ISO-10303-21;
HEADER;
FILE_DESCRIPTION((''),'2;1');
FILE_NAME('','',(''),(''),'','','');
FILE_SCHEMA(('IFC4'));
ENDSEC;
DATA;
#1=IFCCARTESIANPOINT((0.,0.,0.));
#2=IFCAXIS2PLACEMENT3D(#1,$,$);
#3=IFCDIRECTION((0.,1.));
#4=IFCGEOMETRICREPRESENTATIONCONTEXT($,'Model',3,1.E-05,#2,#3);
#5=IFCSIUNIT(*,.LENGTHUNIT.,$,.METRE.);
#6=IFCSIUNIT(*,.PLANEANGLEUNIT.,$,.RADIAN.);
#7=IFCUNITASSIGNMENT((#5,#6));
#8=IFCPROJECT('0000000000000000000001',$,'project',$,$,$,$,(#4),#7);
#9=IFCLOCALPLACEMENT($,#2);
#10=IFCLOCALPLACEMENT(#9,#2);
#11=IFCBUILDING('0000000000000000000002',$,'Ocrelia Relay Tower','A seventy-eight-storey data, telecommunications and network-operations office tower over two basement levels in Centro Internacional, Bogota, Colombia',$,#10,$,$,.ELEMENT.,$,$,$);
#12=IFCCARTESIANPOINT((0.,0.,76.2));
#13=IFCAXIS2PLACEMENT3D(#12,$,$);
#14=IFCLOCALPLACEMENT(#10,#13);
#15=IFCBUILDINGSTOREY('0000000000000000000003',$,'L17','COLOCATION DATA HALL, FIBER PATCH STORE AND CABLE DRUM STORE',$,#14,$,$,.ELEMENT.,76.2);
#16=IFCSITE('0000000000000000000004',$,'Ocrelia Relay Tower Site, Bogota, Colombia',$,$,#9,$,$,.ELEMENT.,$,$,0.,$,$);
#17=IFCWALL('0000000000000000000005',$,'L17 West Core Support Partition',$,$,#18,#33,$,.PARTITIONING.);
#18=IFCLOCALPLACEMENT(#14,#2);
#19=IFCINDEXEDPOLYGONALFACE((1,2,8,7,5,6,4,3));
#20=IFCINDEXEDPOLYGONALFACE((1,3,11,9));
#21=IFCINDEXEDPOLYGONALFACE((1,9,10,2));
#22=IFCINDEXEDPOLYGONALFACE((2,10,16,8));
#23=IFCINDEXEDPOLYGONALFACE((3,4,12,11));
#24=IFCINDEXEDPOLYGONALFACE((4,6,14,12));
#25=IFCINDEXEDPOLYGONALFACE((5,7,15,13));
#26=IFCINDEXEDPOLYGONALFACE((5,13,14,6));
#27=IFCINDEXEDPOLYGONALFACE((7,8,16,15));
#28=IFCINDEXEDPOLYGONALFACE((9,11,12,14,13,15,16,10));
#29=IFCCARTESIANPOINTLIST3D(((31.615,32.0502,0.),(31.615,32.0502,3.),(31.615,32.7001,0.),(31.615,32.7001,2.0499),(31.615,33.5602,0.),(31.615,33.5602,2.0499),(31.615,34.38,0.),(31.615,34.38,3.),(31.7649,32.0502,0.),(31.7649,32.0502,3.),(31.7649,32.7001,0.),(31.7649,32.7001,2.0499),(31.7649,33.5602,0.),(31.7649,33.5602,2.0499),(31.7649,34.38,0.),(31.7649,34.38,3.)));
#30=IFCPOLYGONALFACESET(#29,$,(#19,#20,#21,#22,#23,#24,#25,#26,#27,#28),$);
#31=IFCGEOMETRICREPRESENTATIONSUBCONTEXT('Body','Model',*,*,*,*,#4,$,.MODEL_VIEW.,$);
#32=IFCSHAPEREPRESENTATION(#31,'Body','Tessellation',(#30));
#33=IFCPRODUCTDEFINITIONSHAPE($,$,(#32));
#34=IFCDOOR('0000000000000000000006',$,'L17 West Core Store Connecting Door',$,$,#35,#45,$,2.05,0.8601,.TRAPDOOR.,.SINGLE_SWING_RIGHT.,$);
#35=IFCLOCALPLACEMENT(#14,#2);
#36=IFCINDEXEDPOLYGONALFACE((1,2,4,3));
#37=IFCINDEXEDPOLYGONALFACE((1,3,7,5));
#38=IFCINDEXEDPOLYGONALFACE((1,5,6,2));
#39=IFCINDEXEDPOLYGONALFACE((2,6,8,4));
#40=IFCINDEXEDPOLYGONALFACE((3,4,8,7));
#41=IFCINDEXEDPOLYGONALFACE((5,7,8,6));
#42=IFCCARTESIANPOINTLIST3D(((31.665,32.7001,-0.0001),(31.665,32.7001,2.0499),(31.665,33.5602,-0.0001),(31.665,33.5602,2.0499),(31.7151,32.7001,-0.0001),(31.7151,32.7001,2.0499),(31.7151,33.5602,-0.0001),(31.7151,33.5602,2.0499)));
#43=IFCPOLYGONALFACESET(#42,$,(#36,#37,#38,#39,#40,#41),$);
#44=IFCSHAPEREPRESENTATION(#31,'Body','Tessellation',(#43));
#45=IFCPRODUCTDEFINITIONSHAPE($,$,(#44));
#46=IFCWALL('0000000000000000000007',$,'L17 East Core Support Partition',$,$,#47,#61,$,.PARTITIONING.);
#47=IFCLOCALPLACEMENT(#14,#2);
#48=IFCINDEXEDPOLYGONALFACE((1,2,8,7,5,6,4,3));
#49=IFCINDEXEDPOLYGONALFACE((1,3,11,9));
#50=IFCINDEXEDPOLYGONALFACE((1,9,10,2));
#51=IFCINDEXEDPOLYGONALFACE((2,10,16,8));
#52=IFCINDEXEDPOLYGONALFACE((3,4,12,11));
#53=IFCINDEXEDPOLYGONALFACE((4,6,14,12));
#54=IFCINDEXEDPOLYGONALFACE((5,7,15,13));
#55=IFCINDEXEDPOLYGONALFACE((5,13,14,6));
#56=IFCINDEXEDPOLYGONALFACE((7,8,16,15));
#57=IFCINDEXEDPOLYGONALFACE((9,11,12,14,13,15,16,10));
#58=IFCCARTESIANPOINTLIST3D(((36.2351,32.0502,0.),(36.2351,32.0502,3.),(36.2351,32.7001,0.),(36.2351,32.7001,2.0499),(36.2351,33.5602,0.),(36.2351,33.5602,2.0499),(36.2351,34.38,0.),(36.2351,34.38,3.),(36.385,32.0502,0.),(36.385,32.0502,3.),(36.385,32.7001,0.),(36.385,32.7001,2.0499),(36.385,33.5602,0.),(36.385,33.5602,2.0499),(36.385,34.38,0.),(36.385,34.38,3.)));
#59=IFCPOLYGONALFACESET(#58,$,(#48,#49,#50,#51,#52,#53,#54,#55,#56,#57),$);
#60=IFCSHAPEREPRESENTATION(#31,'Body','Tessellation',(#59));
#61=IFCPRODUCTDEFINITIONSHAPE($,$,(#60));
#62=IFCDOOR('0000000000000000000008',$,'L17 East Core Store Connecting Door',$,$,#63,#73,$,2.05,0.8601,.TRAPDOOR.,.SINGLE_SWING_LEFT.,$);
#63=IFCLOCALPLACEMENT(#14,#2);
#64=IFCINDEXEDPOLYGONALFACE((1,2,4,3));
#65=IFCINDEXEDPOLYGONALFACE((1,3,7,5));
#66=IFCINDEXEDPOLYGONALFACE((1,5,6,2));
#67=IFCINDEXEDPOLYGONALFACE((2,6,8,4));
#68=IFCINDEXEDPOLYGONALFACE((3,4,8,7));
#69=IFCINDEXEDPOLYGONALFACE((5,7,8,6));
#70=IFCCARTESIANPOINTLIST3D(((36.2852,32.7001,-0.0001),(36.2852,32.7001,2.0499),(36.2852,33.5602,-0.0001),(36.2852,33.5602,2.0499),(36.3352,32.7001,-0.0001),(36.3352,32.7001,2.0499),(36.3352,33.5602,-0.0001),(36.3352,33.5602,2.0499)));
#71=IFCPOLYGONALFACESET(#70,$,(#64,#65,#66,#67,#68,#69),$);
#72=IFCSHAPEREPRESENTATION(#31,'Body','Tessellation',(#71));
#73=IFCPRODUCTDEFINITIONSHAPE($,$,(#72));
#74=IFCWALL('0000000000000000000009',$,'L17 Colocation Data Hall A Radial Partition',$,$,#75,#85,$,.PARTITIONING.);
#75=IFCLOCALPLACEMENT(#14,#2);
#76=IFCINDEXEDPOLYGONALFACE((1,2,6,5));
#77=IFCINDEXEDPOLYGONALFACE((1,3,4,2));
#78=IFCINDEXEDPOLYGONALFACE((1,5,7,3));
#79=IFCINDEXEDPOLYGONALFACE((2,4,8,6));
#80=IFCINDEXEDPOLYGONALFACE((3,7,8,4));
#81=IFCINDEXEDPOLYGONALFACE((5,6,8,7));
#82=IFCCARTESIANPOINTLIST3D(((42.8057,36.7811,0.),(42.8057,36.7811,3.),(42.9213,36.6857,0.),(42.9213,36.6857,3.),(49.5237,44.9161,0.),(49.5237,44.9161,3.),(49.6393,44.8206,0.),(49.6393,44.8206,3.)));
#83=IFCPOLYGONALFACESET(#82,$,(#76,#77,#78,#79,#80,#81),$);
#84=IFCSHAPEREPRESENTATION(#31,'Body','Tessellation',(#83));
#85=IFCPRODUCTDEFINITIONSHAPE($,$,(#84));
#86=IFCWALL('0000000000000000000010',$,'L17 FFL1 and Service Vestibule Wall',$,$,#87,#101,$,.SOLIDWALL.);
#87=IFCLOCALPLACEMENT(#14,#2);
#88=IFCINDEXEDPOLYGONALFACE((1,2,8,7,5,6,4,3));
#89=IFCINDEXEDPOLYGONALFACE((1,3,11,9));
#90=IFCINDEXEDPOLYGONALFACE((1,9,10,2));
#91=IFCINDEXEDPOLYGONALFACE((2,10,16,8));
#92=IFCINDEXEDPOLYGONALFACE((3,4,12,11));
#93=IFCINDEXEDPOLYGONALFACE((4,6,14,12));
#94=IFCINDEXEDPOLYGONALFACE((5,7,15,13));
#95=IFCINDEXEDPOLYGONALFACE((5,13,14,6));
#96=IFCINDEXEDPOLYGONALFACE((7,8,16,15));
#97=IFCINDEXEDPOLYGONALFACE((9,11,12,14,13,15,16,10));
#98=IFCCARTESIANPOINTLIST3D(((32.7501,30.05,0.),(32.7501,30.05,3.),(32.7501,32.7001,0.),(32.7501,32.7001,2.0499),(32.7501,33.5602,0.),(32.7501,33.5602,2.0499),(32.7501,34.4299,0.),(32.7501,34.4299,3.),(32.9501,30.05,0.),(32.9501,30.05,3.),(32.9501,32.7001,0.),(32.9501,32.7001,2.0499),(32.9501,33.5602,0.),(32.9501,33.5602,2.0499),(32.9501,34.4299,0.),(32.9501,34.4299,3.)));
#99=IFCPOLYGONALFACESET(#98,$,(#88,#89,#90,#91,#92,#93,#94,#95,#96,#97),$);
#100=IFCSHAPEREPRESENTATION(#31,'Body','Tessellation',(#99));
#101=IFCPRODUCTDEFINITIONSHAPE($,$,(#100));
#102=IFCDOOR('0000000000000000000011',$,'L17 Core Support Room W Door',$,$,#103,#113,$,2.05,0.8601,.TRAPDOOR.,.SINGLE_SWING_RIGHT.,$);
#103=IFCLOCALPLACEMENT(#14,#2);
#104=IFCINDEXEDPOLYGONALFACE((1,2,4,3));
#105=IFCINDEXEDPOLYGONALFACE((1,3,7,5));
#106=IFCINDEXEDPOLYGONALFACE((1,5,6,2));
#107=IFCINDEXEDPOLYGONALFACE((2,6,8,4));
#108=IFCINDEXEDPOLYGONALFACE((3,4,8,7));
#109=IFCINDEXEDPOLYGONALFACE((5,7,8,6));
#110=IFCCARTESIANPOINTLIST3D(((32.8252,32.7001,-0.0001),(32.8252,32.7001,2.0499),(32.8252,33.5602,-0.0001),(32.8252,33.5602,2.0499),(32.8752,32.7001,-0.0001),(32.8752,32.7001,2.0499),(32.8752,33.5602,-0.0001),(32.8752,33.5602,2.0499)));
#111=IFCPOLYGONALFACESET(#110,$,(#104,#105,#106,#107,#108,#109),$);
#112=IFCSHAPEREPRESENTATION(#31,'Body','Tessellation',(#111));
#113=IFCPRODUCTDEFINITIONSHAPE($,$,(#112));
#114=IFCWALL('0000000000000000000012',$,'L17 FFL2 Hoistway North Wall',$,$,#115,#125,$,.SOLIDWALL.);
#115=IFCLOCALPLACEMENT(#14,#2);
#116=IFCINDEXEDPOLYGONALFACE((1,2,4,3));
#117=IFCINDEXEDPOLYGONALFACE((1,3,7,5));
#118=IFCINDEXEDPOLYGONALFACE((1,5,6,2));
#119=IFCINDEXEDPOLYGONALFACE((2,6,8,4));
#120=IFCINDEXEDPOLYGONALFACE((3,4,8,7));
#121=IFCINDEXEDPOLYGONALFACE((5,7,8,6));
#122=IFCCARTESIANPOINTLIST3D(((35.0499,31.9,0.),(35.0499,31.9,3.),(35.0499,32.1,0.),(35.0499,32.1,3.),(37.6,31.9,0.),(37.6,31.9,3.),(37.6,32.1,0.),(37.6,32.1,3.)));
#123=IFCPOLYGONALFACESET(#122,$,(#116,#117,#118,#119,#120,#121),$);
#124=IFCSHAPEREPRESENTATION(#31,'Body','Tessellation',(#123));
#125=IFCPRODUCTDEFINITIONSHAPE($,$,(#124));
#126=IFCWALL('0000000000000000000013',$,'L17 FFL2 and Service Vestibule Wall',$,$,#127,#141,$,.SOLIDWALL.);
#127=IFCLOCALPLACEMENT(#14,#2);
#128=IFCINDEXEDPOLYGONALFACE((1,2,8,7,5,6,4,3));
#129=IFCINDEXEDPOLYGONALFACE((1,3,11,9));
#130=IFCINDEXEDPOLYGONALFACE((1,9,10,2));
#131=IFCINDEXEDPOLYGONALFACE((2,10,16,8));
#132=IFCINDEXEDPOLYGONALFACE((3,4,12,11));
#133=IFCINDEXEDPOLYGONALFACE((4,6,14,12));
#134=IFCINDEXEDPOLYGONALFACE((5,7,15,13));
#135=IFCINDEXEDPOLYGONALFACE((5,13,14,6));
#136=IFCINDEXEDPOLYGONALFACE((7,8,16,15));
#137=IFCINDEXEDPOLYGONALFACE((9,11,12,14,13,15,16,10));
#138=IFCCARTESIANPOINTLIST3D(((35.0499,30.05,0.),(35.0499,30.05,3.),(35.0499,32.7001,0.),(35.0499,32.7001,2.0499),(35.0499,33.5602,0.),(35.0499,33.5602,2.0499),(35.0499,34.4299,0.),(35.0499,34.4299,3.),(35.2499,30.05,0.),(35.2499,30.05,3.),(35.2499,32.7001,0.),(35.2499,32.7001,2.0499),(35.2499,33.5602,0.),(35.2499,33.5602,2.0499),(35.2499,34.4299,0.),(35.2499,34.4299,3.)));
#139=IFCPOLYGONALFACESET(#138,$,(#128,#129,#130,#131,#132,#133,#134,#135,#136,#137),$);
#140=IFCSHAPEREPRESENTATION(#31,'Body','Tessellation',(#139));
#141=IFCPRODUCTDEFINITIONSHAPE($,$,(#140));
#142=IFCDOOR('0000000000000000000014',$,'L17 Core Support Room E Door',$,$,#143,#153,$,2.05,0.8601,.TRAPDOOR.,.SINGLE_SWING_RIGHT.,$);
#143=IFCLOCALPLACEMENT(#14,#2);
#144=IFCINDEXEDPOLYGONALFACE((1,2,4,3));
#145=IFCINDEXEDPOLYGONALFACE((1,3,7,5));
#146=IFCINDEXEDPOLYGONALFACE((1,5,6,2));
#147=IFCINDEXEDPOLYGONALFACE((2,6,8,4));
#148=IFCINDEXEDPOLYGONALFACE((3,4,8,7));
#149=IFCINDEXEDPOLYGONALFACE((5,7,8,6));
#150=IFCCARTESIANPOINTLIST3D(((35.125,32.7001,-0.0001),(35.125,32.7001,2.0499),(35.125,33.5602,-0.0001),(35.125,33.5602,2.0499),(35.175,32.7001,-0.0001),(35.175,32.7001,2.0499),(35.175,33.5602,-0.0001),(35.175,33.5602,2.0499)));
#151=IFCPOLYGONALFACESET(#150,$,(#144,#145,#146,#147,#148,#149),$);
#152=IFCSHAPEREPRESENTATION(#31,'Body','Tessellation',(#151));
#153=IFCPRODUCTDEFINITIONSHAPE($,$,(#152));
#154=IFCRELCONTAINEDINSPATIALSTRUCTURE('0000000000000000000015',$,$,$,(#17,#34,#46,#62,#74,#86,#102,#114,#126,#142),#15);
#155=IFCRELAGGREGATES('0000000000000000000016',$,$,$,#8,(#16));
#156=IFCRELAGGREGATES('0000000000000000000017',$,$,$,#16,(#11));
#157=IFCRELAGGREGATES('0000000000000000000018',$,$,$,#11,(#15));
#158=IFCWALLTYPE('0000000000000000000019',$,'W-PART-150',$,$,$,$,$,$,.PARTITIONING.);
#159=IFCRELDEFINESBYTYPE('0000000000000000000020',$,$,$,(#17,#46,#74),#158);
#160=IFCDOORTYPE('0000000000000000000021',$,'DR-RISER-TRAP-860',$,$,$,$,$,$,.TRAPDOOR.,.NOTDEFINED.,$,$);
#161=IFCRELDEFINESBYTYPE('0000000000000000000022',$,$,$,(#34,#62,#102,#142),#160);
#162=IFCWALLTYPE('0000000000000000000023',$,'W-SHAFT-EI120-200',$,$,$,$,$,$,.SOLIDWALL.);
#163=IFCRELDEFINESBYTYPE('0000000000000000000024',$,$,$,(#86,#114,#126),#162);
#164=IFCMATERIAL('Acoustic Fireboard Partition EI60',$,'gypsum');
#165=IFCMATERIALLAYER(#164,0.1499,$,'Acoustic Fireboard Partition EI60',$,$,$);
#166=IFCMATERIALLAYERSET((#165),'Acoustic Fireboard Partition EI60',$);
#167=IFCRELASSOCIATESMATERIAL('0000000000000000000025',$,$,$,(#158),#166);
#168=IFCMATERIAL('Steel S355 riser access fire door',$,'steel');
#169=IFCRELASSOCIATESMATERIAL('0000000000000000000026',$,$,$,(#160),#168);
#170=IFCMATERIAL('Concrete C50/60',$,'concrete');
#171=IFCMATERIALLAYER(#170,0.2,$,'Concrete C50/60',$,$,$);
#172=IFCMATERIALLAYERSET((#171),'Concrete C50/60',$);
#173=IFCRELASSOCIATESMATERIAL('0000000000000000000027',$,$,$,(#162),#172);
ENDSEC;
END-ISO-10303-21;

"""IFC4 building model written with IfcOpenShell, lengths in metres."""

from ifc_helpers import new_model, si_unit, direction, frame, frame_2d, origin, place, context, subcontext, project, spatial, rectangle, extrude, material, layer, layer_set, type_object, element, fill, save


model = new_model("IFC4")

# Units and contexts
model_context = context("Model", 3, precision=1e-05, world=origin(), true_north=direction((0.0, 1.0)))
body_context = subcontext(model_context, "Body", "Model", "MODEL_VIEW")
ifc_project = project(units=[si_unit("LENGTHUNIT", "METRE"), si_unit("PLANEANGLEUNIT", "RADIAN")], contexts=[model_context])

# Site, building, storey
site_placement = place(None, origin())
site = spatial("IfcSite", under=ifc_project, at=site_placement, Name="Ocrelia Relay Tower Site, Bogota, Colombia", CompositionType="ELEMENT", RefElevation=0.0)
building_placement = place(site_placement, origin())
building = spatial("IfcBuilding", under=site, at=building_placement, Name="Ocrelia Relay Tower", Description="A seventy-eight-storey data, telecommunications and network-operations office tower over two basement levels in Centro Internacional, Bogota, Colombia", CompositionType="ELEMENT")
storey_placement = place(building_placement, frame((0.0, 0.0, 76.2)))
storey = spatial("IfcBuildingStorey", under=building, at=storey_placement, Name="L17", Description="COLOCATION DATA HALL, FIBER PATCH STORE AND CABLE DRUM STORE", CompositionType="ELEMENT", Elevation=76.2)

# Shared definitions
ifc_material_1 = material(Name="Concrete C50/60", Category="concrete")

# Walls, openings, doors
ifc_material_2 = material(Name="Acoustic Fireboard Partition EI60", Category="gypsum")
ifc_layer_1 = layer(ifc_material_2, 0.1499, Name="Acoustic Fireboard Partition EI60")
ifc_layer_set_1 = layer_set([ifc_layer_1], Name="Acoustic Fireboard Partition EI60")
wall_type_1 = type_object("IfcWallType", Name="W-PART-150", PredefinedType="PARTITIONING", material=ifc_layer_set_1)
wall_1_placement = place(storey_placement, frame((31.6899, 32.05, 0.0), z_axis=(0.0, 0.0, 1.0), x_axis=(0.0, 1.0, 0.0)))
wall_1 = element("IfcWall", 1, at=wall_1_placement, inside=storey, type_object=wall_type_1, Name="L17 West Core Support Partition", PredefinedType="PARTITIONING", context=body_context, shape_type="SweptSolid", body=[
    extrude(rectangle(XDim=2.3298, YDim=0.1499, at=frame_2d((1.165, 0.0))), origin(), (0.0, 0.0, 1.0), 3.0),
])
opening_1_placement = place(wall_1_placement, frame((0.6499, 0.0, 0.0)))
opening_1 = element("IfcOpeningElement", 2, at=opening_1_placement, cuts=wall_1, PredefinedType="OPENING", context=body_context, shape_type="SweptSolid", body=[
    extrude(rectangle(XDim=0.8601, YDim=2.05, at=frame_2d((0.4302, 1.0249))), frame((0.0, 0.085, 0.0), z_axis=(0.0, -1.0, 0.0), x_axis=(1.0, 0.0, 0.0)), (0.0, 0.0, 1.0), 0.1699),
])
ifc_material_3 = material(Name="Steel S355 riser access fire door", Category="steel")
door_type_1 = type_object("IfcDoorType", Name="DR-RISER-TRAP-860", OperationType="NOTDEFINED", PredefinedType="TRAPDOOR", material=ifc_material_3)
door_1_placement = place(opening_1_placement, origin())
door_1 = element("IfcDoor", 3, at=door_1_placement, inside=storey, type_object=door_type_1, Name="L17 West Core Store Connecting Door", OperationType="SINGLE_SWING_RIGHT", OverallHeight=2.05, OverallWidth=0.8601, PredefinedType="TRAPDOOR", context=body_context, shape_type="SweptSolid", body=[
    extrude(rectangle(XDim=0.8601, YDim=2.05, at=frame_2d((0.4302, 1.0249))), frame((0.0, 0.0249, 0.0), z_axis=(0.0, -1.0, 0.0), x_axis=(1.0, 0.0, 0.0)), (0.0, 0.0, 1.0), 0.05),
])
fill(opening_1, door_1)
wall_2_placement = place(storey_placement, frame((36.3101, 32.05, 0.0), z_axis=(0.0, 0.0, 1.0), x_axis=(0.0, 1.0, 0.0)))
wall_2 = element("IfcWall", 4, at=wall_2_placement, inside=storey, type_object=wall_type_1, Name="L17 East Core Support Partition", PredefinedType="PARTITIONING", context=body_context, shape_type="SweptSolid", body=[
    extrude(rectangle(XDim=2.3298, YDim=0.1499, at=frame_2d((1.165, 0.0))), origin(), (0.0, 0.0, 1.0), 3.0),
])
opening_2_placement = place(wall_2_placement, frame((0.6499, 0.0, 0.0)))
opening_2 = element("IfcOpeningElement", 5, at=opening_2_placement, cuts=wall_2, PredefinedType="OPENING", context=body_context, shape_type="SweptSolid", body=[
    extrude(rectangle(XDim=0.8601, YDim=2.05, at=frame_2d((0.4302, 1.0249))), frame((0.0, 0.085, 0.0), z_axis=(0.0, -1.0, 0.0), x_axis=(1.0, 0.0, 0.0)), (0.0, 0.0, 1.0), 0.1699),
])
door_2_placement = place(opening_2_placement, origin())
door_2 = element("IfcDoor", 6, at=door_2_placement, inside=storey, type_object=door_type_1, Name="L17 East Core Store Connecting Door", OperationType="SINGLE_SWING_LEFT", OverallHeight=2.05, OverallWidth=0.8601, PredefinedType="TRAPDOOR", context=body_context, shape_type="SweptSolid", body=[
    extrude(rectangle(XDim=0.8601, YDim=2.05, at=frame_2d((0.4302, 1.0249))), frame((0.0, 0.0249, 0.0), z_axis=(0.0, -1.0, 0.0), x_axis=(1.0, 0.0, 0.0)), (0.0, 0.0, 1.0), 0.05),
])
fill(opening_2, door_2)

# Wall
wall_3_placement = place(storey_placement, frame((42.8635, 36.7334, 0.0), z_axis=(0.0, 0.0, 1.0), x_axis=(0.636757, 0.771064, 0.0)))
element("IfcWall", 7, at=wall_3_placement, inside=storey, type_object=wall_type_1, Name="L17 Colocation Data Hall A Radial Partition", PredefinedType="PARTITIONING", context=body_context, shape_type="SweptSolid", body=[
    extrude(rectangle(XDim=10.5503, YDim=0.1499, at=frame_2d((5.2751, 0.0))), origin(), (0.0, 0.0, 1.0), 3.0),
])

# Wall, opening, door
ifc_layer_2 = layer(ifc_material_1, 0.2, Name="Concrete C50/60")
ifc_layer_set_2 = layer_set([ifc_layer_2], Name="Concrete C50/60")
wall_type_2 = type_object("IfcWallType", Name="W-SHAFT-EI120-200", PredefinedType="SOLIDWALL", material=ifc_layer_set_2)
wall_4_placement = place(storey_placement, frame((32.8501, 30.05, 0.0), z_axis=(0.0, 0.0, 1.0), x_axis=(0.0, 1.0, 0.0)))
wall_4 = element("IfcWall", 8, at=wall_4_placement, inside=storey, type_object=wall_type_2, Name="L17 FFL1 and Service Vestibule Wall", PredefinedType="SOLIDWALL", context=body_context, shape_type="SweptSolid", body=[
    extrude(rectangle(XDim=4.3799, YDim=0.2, at=frame_2d((2.1899, 0.0))), origin(), (0.0, 0.0, 1.0), 3.0),
])
opening_3_placement = place(wall_4_placement, frame((2.6499, 0.0, 0.0)))
opening_3 = element("IfcOpeningElement", 9, at=opening_3_placement, cuts=wall_4, PredefinedType="OPENING", context=body_context, shape_type="SweptSolid", body=[
    extrude(rectangle(XDim=0.8601, YDim=2.05, at=frame_2d((0.4302, 1.0249))), frame((0.0, 0.1099, 0.0), z_axis=(0.0, -1.0, 0.0), x_axis=(1.0, 0.0, 0.0)), (0.0, 0.0, 1.0), 0.22),
])
door_3_placement = place(opening_3_placement, origin())
door_3 = element("IfcDoor", 10, at=door_3_placement, inside=storey, type_object=door_type_1, Name="L17 Core Support Room W Door", OperationType="SINGLE_SWING_RIGHT", OverallHeight=2.05, OverallWidth=0.8601, PredefinedType="TRAPDOOR", context=body_context, shape_type="SweptSolid", body=[
    extrude(rectangle(XDim=0.8601, YDim=2.05, at=frame_2d((0.4302, 1.0249))), frame((0.0, 0.0249, 0.0), z_axis=(0.0, -1.0, 0.0), x_axis=(1.0, 0.0, 0.0)), (0.0, 0.0, 1.0), 0.05),
])
fill(opening_3, door_3)

# Wall
wall_5_placement = place(storey_placement, frame((35.05, 32.0, 0.0), z_axis=(0.0, 0.0, 1.0), x_axis=(1.0, 0.0, 0.0)))
element("IfcWall", 11, at=wall_5_placement, inside=storey, type_object=wall_type_2, Name="L17 FFL2 Hoistway North Wall", PredefinedType="SOLIDWALL", context=body_context, shape_type="SweptSolid", body=[
    extrude(rectangle(XDim=2.55, YDim=0.2, at=frame_2d((1.2749, 0.0))), origin(), (0.0, 0.0, 1.0), 3.0),
])

# Wall, opening, door
wall_6_placement = place(storey_placement, frame((35.1499, 30.05, 0.0), z_axis=(0.0, 0.0, 1.0), x_axis=(0.0, 1.0, 0.0)))
wall_6 = element("IfcWall", 12, at=wall_6_placement, inside=storey, type_object=wall_type_2, Name="L17 FFL2 and Service Vestibule Wall", PredefinedType="SOLIDWALL", context=body_context, shape_type="SweptSolid", body=[
    extrude(rectangle(XDim=4.3799, YDim=0.2, at=frame_2d((2.1899, 0.0))), origin(), (0.0, 0.0, 1.0), 3.0),
])
opening_4_placement = place(wall_6_placement, frame((2.6499, 0.0, 0.0)))
opening_4 = element("IfcOpeningElement", 13, at=opening_4_placement, cuts=wall_6, PredefinedType="OPENING", context=body_context, shape_type="SweptSolid", body=[
    extrude(rectangle(XDim=0.8601, YDim=2.05, at=frame_2d((0.4302, 1.0249))), frame((0.0, 0.1099, 0.0), z_axis=(0.0, -1.0, 0.0), x_axis=(1.0, 0.0, 0.0)), (0.0, 0.0, 1.0), 0.22),
])
door_4_placement = place(opening_4_placement, origin())
door_4 = element("IfcDoor", 14, at=door_4_placement, inside=storey, type_object=door_type_1, Name="L17 Core Support Room E Door", OperationType="SINGLE_SWING_RIGHT", OverallHeight=2.05, OverallWidth=0.8601, PredefinedType="TRAPDOOR", context=body_context, shape_type="SweptSolid", body=[
    extrude(rectangle(XDim=0.8601, YDim=2.05, at=frame_2d((0.4302, 1.0249))), frame((0.0, 0.0249, 0.0), z_axis=(0.0, -1.0, 0.0), x_axis=(1.0, 0.0, 0.0)), (0.0, 0.0, 1.0), 0.05),
])
fill(opening_4, door_4)

save(model, "model.ifc")
